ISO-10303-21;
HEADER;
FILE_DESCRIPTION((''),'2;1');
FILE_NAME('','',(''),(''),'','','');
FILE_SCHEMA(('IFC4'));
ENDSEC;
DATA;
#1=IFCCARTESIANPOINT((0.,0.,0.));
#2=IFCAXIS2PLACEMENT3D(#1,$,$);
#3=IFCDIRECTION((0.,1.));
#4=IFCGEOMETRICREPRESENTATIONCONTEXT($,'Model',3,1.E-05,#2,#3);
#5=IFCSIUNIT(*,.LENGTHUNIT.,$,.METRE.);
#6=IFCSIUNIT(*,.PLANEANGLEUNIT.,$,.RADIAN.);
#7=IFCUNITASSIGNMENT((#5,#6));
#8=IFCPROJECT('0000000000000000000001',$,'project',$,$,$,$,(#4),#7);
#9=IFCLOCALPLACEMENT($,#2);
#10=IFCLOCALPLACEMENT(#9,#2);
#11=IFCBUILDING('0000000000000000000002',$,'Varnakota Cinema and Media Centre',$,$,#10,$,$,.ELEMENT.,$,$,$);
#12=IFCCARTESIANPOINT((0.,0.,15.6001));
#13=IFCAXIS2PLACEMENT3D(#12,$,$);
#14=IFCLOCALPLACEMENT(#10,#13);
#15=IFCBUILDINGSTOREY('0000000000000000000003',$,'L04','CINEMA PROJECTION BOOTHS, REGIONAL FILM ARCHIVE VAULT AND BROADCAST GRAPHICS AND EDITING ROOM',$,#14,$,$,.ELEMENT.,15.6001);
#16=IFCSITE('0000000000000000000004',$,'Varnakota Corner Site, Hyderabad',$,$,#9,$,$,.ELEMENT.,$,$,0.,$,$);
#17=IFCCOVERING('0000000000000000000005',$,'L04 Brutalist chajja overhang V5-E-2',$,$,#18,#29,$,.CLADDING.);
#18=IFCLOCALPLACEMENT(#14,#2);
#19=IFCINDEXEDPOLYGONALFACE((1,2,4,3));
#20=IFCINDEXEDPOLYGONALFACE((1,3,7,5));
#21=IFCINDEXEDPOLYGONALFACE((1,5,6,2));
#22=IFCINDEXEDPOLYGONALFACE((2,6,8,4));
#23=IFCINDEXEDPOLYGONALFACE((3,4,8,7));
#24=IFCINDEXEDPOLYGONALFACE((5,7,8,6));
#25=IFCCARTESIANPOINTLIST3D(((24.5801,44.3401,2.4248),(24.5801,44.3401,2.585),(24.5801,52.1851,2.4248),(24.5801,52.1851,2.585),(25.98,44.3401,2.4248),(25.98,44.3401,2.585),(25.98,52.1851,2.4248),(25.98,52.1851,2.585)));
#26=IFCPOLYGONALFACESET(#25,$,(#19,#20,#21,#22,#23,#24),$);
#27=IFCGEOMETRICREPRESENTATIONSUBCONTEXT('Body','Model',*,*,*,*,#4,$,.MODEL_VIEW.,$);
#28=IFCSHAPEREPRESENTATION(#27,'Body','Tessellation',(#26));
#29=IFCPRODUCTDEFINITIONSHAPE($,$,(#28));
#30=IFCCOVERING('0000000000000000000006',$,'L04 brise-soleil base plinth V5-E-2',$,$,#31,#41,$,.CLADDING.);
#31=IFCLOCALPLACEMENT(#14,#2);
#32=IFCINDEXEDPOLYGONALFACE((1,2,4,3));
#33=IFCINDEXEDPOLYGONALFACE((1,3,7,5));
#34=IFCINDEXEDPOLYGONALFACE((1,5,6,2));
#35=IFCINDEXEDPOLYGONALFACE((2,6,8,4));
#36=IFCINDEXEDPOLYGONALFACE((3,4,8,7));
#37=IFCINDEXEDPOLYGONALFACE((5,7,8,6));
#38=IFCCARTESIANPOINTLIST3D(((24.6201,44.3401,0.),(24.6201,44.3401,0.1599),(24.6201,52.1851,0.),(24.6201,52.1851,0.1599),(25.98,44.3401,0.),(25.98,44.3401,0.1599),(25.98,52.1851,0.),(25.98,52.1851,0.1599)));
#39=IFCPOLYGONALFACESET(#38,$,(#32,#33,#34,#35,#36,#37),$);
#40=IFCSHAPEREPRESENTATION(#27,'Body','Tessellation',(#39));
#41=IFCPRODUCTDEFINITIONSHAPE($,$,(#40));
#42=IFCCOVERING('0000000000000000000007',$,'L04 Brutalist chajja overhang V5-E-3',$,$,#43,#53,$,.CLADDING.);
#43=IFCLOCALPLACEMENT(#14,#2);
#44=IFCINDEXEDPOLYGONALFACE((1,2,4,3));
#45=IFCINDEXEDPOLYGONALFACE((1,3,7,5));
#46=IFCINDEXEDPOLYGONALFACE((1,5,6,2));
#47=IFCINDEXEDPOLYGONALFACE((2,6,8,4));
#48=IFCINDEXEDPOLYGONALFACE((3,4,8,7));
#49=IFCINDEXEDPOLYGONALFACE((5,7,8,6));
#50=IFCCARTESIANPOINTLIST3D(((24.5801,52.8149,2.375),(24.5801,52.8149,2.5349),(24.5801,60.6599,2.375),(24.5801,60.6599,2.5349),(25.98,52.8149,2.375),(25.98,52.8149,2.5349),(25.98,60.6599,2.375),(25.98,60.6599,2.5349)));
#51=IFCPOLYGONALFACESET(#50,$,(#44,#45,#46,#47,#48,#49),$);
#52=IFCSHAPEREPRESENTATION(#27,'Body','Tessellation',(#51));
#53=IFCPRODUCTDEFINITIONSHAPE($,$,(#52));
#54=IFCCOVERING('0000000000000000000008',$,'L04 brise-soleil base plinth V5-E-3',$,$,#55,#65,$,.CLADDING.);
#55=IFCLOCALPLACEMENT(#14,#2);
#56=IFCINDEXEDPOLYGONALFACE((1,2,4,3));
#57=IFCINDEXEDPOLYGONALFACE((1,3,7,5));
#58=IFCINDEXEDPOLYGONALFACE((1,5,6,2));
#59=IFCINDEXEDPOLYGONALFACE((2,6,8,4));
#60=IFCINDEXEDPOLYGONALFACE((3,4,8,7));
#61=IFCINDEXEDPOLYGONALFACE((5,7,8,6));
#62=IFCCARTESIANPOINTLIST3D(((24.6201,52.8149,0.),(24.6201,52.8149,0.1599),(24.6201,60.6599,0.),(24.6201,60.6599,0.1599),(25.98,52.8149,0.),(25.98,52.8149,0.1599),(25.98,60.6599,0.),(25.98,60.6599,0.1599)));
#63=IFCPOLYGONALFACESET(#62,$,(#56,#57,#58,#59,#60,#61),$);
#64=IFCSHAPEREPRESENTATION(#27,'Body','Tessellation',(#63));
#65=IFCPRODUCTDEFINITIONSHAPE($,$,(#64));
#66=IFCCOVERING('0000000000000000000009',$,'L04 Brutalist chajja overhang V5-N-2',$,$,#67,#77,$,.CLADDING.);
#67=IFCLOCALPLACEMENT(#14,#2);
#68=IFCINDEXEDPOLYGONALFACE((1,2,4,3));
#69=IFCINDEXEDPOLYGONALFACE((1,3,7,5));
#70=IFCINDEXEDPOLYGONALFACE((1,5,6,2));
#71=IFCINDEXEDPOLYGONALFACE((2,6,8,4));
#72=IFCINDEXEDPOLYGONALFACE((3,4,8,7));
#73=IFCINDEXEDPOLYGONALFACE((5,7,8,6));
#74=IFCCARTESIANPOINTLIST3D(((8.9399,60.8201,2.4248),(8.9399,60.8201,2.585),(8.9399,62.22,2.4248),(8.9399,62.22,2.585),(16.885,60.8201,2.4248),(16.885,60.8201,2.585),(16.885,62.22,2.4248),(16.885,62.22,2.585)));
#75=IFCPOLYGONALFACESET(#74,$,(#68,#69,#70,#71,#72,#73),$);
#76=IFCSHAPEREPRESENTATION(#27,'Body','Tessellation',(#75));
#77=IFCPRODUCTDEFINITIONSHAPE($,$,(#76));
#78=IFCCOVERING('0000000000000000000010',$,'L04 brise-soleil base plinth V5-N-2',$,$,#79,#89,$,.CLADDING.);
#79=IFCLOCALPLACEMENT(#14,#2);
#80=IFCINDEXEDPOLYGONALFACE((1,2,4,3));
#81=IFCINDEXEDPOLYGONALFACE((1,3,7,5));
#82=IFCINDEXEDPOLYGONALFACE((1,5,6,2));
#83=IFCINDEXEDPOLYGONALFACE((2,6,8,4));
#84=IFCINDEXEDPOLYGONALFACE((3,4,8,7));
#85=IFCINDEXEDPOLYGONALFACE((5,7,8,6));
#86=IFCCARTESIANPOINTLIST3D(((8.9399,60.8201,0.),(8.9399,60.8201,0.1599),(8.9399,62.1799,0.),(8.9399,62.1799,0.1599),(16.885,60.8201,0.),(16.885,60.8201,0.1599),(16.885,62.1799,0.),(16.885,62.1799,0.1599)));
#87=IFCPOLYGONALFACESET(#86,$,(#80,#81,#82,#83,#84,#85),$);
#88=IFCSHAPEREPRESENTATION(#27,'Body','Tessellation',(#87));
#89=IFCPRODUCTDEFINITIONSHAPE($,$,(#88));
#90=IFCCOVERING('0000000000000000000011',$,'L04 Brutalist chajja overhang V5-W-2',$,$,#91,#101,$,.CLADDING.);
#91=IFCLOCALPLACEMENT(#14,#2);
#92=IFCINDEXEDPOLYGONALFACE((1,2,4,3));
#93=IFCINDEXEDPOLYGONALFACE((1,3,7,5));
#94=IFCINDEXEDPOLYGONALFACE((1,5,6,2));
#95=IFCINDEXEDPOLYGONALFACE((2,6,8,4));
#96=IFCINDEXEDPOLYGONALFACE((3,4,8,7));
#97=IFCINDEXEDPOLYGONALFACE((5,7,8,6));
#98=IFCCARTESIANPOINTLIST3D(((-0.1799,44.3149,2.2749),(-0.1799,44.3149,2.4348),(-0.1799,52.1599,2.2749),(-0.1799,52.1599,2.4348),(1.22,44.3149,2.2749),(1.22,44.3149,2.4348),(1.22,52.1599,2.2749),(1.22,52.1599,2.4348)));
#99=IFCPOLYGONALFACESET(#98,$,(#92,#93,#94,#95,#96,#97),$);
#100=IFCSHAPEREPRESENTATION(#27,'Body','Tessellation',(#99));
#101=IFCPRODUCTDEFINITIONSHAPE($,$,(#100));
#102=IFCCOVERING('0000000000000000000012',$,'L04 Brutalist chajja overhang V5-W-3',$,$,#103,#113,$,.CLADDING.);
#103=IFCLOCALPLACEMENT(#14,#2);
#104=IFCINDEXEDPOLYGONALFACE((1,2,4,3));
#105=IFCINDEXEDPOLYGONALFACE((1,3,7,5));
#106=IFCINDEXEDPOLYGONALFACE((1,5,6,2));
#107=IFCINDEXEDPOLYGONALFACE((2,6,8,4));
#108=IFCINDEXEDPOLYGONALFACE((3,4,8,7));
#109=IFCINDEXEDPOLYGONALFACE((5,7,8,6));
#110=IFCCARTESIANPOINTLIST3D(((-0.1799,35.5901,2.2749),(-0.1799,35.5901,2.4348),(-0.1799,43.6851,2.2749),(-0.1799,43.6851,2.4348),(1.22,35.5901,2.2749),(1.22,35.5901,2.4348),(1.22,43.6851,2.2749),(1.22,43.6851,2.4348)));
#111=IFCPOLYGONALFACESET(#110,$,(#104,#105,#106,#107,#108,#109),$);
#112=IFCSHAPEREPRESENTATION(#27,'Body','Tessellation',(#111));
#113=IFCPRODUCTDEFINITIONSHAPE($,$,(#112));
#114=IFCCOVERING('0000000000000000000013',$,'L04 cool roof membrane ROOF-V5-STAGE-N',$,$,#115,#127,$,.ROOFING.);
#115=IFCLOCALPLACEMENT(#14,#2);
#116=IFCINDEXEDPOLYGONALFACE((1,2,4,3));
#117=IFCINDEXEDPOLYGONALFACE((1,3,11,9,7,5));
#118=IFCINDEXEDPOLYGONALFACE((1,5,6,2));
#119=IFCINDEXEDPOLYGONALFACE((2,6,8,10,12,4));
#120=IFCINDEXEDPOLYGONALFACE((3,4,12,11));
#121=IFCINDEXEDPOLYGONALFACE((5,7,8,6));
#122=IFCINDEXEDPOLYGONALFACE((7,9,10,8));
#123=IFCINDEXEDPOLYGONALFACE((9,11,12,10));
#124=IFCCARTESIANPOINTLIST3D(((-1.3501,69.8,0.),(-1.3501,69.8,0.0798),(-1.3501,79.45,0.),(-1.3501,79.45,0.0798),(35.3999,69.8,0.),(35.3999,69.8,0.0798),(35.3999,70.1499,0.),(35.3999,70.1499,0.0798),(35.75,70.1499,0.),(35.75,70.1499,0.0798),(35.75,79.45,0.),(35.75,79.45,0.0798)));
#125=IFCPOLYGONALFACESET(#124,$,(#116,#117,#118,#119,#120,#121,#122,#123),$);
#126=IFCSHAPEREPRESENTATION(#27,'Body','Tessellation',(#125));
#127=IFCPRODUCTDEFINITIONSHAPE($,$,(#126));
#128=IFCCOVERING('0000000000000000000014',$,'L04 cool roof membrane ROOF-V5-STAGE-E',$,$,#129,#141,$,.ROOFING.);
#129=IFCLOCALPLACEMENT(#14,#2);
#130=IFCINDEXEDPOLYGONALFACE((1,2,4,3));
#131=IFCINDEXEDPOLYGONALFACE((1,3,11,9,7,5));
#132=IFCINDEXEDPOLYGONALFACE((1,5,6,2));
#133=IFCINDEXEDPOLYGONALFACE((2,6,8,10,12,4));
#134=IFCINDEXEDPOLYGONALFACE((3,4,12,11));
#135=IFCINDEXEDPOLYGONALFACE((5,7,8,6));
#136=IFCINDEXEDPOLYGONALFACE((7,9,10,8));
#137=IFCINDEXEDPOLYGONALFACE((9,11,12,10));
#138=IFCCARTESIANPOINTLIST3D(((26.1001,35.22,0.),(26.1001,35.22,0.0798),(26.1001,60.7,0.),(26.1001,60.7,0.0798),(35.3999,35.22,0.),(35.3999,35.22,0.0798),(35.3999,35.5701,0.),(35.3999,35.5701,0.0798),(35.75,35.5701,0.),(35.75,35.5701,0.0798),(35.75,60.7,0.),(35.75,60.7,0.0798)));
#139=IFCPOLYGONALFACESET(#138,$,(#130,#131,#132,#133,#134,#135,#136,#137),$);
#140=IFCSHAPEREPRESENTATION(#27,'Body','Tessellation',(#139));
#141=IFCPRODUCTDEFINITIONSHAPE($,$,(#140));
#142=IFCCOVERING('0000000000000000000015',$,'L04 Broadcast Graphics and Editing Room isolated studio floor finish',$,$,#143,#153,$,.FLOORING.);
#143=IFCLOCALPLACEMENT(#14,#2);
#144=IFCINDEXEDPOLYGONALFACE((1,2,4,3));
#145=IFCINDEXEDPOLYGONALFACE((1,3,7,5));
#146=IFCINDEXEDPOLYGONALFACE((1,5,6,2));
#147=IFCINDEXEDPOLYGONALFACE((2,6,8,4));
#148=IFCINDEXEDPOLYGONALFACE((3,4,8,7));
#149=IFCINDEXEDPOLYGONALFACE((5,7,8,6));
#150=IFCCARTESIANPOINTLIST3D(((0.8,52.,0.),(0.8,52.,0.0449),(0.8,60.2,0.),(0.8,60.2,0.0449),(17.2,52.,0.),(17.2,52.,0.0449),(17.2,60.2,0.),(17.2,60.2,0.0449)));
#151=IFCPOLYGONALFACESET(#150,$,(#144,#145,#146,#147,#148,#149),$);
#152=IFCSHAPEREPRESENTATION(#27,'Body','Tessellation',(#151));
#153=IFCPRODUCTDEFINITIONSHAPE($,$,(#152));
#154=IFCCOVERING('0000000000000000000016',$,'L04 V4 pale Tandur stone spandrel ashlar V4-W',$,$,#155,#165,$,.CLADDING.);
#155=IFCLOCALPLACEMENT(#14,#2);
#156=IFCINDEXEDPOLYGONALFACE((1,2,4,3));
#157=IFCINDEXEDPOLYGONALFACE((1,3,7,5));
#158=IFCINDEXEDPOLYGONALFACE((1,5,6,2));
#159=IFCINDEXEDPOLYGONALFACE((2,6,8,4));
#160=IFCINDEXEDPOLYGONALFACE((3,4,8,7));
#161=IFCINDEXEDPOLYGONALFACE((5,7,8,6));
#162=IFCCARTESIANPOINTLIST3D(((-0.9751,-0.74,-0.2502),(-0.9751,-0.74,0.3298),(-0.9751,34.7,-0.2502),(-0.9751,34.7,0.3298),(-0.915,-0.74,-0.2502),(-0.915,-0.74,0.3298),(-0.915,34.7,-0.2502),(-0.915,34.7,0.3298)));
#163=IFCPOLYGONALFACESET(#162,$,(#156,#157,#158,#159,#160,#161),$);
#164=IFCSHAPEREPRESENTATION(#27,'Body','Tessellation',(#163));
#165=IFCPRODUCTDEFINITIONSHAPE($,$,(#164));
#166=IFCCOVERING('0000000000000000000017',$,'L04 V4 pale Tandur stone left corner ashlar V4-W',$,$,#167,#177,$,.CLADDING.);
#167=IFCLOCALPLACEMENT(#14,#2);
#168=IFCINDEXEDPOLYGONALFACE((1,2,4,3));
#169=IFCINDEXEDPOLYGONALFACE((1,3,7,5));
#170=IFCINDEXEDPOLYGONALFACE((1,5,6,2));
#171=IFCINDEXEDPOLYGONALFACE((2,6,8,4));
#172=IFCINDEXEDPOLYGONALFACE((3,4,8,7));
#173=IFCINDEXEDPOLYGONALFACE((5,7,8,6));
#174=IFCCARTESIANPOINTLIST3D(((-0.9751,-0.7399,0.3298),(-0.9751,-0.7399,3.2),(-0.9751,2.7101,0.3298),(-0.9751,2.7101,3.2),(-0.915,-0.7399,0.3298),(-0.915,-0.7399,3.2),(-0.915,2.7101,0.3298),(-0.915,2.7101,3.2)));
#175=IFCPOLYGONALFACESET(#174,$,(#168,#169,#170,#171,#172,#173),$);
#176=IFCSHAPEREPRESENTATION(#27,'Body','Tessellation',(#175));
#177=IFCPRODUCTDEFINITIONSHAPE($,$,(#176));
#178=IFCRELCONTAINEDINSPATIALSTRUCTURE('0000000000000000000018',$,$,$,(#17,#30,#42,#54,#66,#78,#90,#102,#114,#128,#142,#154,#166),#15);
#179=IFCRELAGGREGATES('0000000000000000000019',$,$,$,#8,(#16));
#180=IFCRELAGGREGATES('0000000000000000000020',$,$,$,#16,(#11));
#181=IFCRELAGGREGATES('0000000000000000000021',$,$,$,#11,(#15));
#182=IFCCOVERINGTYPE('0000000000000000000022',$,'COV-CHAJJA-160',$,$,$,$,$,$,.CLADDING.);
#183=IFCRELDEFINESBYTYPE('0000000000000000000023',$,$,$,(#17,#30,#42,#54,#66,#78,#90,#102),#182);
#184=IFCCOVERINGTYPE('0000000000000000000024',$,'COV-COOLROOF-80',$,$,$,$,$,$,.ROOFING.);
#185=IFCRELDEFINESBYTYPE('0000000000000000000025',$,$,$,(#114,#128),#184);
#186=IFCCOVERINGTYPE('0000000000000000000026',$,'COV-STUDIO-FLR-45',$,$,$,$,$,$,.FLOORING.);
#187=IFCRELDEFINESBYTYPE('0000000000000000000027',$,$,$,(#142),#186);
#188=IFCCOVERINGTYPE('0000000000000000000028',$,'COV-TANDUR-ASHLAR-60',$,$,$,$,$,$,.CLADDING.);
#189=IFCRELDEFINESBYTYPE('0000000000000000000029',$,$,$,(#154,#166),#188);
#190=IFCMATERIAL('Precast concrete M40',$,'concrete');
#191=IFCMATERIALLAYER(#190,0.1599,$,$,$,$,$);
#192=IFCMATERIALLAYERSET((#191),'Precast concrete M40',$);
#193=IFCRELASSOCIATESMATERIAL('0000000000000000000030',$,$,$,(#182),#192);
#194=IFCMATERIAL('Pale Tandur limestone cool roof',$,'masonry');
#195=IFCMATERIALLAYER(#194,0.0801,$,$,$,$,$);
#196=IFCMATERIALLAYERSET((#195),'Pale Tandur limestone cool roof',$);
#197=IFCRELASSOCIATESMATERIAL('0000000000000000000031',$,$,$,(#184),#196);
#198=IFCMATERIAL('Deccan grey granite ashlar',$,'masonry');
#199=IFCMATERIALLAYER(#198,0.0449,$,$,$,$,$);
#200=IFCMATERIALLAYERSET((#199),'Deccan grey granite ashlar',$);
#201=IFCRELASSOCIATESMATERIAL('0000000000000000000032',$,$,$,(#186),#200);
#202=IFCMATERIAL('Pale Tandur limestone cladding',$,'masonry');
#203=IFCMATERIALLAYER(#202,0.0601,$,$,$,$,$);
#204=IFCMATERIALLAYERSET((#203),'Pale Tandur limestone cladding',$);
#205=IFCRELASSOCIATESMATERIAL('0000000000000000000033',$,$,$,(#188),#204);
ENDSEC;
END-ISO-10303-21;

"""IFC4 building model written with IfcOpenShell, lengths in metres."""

from ifc_helpers import new_model, si_unit, direction, frame, origin, origin_2d, place, context, subcontext, project, spatial, polyline, rectangle, outline, extrude, material, layer, layer_set, type_object, element, save


model = new_model("IFC4")

# Units and contexts
model_context = context("Model", 3, precision=1e-05, world=origin(), true_north=direction((0.0, 1.0)))
body_context = subcontext(model_context, "Body", "Model", "MODEL_VIEW")
ifc_project = project(units=[si_unit("LENGTHUNIT", "METRE"), si_unit("PLANEANGLEUNIT", "RADIAN")], contexts=[model_context])

# Site, building, storey
site_placement = place(None, origin())
site = spatial("IfcSite", under=ifc_project, at=site_placement, Name="Varnakota Corner Site, Hyderabad", CompositionType="ELEMENT", RefElevation=0.0)
building_placement = place(site_placement, origin())
building = spatial("IfcBuilding", under=site, at=building_placement, Name="Varnakota Cinema and Media Centre", CompositionType="ELEMENT")
storey_placement = place(building_placement, frame((0.0, 0.0, 15.6001)))
storey = spatial("IfcBuildingStorey", under=building, at=storey_placement, Name="L04", Description="CINEMA PROJECTION BOOTHS, REGIONAL FILM ARCHIVE VAULT AND BROADCAST GRAPHICS AND EDITING ROOM", CompositionType="ELEMENT", Elevation=15.6001)

# Coverings
ifc_material_1 = material(Name="Precast concrete M40", Category="concrete")
ifc_layer_1 = layer(ifc_material_1, 0.1599)
ifc_layer_set_1 = layer_set([ifc_layer_1], Name="Precast concrete M40")
covering_type_1 = type_object("IfcCoveringType", Name="COV-CHAJJA-160", PredefinedType="CLADDING", material=ifc_layer_set_1)
covering_1_placement = place(storey_placement, frame((0.0, 0.0, 2.4248)))
element("IfcCovering", 1, at=covering_1_placement, inside=storey, type_object=covering_type_1, Name="L04 Brutalist chajja overhang V5-E-2", PredefinedType="CLADDING", context=body_context, shape_type="SweptSolid", body=[
    extrude(outline(polyline([(25.98, 44.3401), (25.98, 52.1851), (24.5801, 52.1851), (24.5801, 44.3401), (25.98, 44.3401)])), origin(), (0.0, 0.0, 1.0), 0.1602),
])
covering_2_placement = place(storey_placement, origin())
element("IfcCovering", 2, at=covering_2_placement, inside=storey, type_object=covering_type_1, Name="L04 brise-soleil base plinth V5-E-2", PredefinedType="CLADDING", context=body_context, shape_type="SweptSolid", body=[
    extrude(outline(polyline([(25.98, 44.3401), (25.98, 52.1851), (24.6201, 52.1851), (24.6201, 44.3401), (25.98, 44.3401)])), origin(), (0.0, 0.0, 1.0), 0.1599),
])
covering_3_placement = place(storey_placement, frame((0.0, 0.0, 2.375)))
element("IfcCovering", 3, at=covering_3_placement, inside=storey, type_object=covering_type_1, Name="L04 Brutalist chajja overhang V5-E-3", PredefinedType="CLADDING", context=body_context, shape_type="SweptSolid", body=[
    extrude(outline(polyline([(25.98, 52.8149), (25.98, 60.6599), (24.5801, 60.6599), (24.5801, 52.8149), (25.98, 52.8149)])), origin(), (0.0, 0.0, 1.0), 0.1599),
])
covering_4_placement = place(storey_placement, origin())
element("IfcCovering", 4, at=covering_4_placement, inside=storey, type_object=covering_type_1, Name="L04 brise-soleil base plinth V5-E-3", PredefinedType="CLADDING", context=body_context, shape_type="SweptSolid", body=[
    extrude(outline(polyline([(25.98, 52.8149), (25.98, 60.6599), (24.6201, 60.6599), (24.6201, 52.8149), (25.98, 52.8149)])), origin(), (0.0, 0.0, 1.0), 0.1599),
])
covering_5_placement = place(storey_placement, frame((0.0, 0.0, 2.4248)))
element("IfcCovering", 5, at=covering_5_placement, inside=storey, type_object=covering_type_1, Name="L04 Brutalist chajja overhang V5-N-2", PredefinedType="CLADDING", context=body_context, shape_type="SweptSolid", body=[
    extrude(outline(polyline([(8.9399, 60.8201), (16.885, 60.8201), (16.885, 62.22), (8.9399, 62.22), (8.9399, 60.8201)])), origin(), (0.0, 0.0, 1.0), 0.1602),
])
covering_6_placement = place(storey_placement, origin())
element("IfcCovering", 6, at=covering_6_placement, inside=storey, type_object=covering_type_1, Name="L04 brise-soleil base plinth V5-N-2", PredefinedType="CLADDING", context=body_context, shape_type="SweptSolid", body=[
    extrude(outline(polyline([(8.9399, 60.8201), (16.885, 60.8201), (16.885, 62.1799), (8.9399, 62.1799), (8.9399, 60.8201)])), origin(), (0.0, 0.0, 1.0), 0.1599),
])
covering_7_placement = place(storey_placement, frame((0.0, 0.0, 2.2749)))
element("IfcCovering", 7, at=covering_7_placement, inside=storey, type_object=covering_type_1, Name="L04 Brutalist chajja overhang V5-W-2", PredefinedType="CLADDING", context=body_context, shape_type="SweptSolid", body=[
    extrude(outline(polyline([(-0.1799, 52.1599), (-0.1799, 44.3149), (1.22, 44.3149), (1.22, 52.1599), (-0.1799, 52.1599)])), origin(), (0.0, 0.0, 1.0), 0.1599),
])
covering_8_placement = place(storey_placement, frame((0.0, 0.0, 2.2749)))
element("IfcCovering", 8, at=covering_8_placement, inside=storey, type_object=covering_type_1, Name="L04 Brutalist chajja overhang V5-W-3", PredefinedType="CLADDING", context=body_context, shape_type="SweptSolid", body=[
    extrude(outline(polyline([(-0.1799, 43.6851), (-0.1799, 35.5901), (1.22, 35.5901), (1.22, 43.6851), (-0.1799, 43.6851)])), origin(), (0.0, 0.0, 1.0), 0.1599),
])
ifc_material_2 = material(Name="Pale Tandur limestone cool roof", Category="masonry")
ifc_layer_2 = layer(ifc_material_2, 0.0801)
ifc_layer_set_2 = layer_set([ifc_layer_2], Name="Pale Tandur limestone cool roof")
covering_type_2 = type_object("IfcCoveringType", Name="COV-COOLROOF-80", PredefinedType="ROOFING", material=ifc_layer_set_2)
covering_9_placement = place(storey_placement, origin())
element("IfcCovering", 9, at=covering_9_placement, inside=storey, type_object=covering_type_2, Name="L04 cool roof membrane ROOF-V5-STAGE-N", PredefinedType="ROOFING", context=body_context, shape_type="SweptSolid", body=[
    extrude(outline(polyline([(-1.3501, 69.8), (35.3999, 69.8), (35.3999, 70.1499), (35.75, 70.1499), (35.75, 79.45), (-1.3501, 79.45), (-1.3501, 69.8)])), origin(), (0.0, 0.0, 1.0), 0.0798),
])
covering_10_placement = place(storey_placement, origin())
element("IfcCovering", 10, at=covering_10_placement, inside=storey, type_object=covering_type_2, Name="L04 cool roof membrane ROOF-V5-STAGE-E", PredefinedType="ROOFING", context=body_context, shape_type="SweptSolid", body=[
    extrude(outline(polyline([(26.1001, 35.22), (35.3999, 35.22), (35.3999, 35.5701), (35.75, 35.5701), (35.75, 60.7), (26.1001, 60.7), (26.1001, 35.22)])), origin(), (0.0, 0.0, 1.0), 0.0798),
])
ifc_material_3 = material(Name="Deccan grey granite ashlar", Category="masonry")
ifc_layer_3 = layer(ifc_material_3, 0.0449)
ifc_layer_set_3 = layer_set([ifc_layer_3], Name="Deccan grey granite ashlar")
covering_type_3 = type_object("IfcCoveringType", Name="COV-STUDIO-FLR-45", PredefinedType="FLOORING", material=ifc_layer_set_3)
covering_11_placement = place(storey_placement, origin())
element("IfcCovering", 11, at=covering_11_placement, inside=storey, type_object=covering_type_3, Name="L04 Broadcast Graphics and Editing Room isolated studio floor finish", PredefinedType="FLOORING", context=body_context, shape_type="SweptSolid", body=[
    extrude(outline(polyline([(0.8, 52.0), (17.2, 52.0), (17.2, 60.2), (0.8, 60.2), (0.8, 52.0)])), origin(), (0.0, 0.0, 1.0), 0.0449),
])
ifc_material_4 = material(Name="Pale Tandur limestone cladding", Category="masonry")
ifc_layer_4 = layer(ifc_material_4, 0.0601)
ifc_layer_set_4 = layer_set([ifc_layer_4], Name="Pale Tandur limestone cladding")
covering_type_4 = type_object("IfcCoveringType", Name="COV-TANDUR-ASHLAR-60", PredefinedType="CLADDING", material=ifc_layer_set_4)
covering_12_placement = place(storey_placement, frame((-0.9451, 16.98, -0.2502), z_axis=(0.0, 0.0, 1.0), x_axis=(0.0, 1.0, 0.0)))
element("IfcCovering", 12, at=covering_12_placement, inside=storey, type_object=covering_type_4, Name="L04 V4 pale Tandur stone spandrel ashlar V4-W", PredefinedType="CLADDING", context=body_context, shape_type="SweptSolid", body=[
    extrude(rectangle(XDim=35.4399, YDim=0.0601, at=origin_2d()), origin(), (0.0, 0.0, 1.0), 0.5801),
])
covering_13_placement = place(storey_placement, frame((-0.9451, 0.9851, 0.3298), z_axis=(0.0, 0.0, 1.0), x_axis=(0.0, 1.0, 0.0)))
element("IfcCovering", 13, at=covering_13_placement, inside=storey, type_object=covering_type_4, Name="L04 V4 pale Tandur stone left corner ashlar V4-W", PredefinedType="CLADDING", context=body_context, shape_type="SweptSolid", body=[
    extrude(rectangle(XDim=3.45, YDim=0.0601, at=origin_2d()), origin(), (0.0, 0.0, 1.0), 2.8701),
])

save(model, "model.ifc")
